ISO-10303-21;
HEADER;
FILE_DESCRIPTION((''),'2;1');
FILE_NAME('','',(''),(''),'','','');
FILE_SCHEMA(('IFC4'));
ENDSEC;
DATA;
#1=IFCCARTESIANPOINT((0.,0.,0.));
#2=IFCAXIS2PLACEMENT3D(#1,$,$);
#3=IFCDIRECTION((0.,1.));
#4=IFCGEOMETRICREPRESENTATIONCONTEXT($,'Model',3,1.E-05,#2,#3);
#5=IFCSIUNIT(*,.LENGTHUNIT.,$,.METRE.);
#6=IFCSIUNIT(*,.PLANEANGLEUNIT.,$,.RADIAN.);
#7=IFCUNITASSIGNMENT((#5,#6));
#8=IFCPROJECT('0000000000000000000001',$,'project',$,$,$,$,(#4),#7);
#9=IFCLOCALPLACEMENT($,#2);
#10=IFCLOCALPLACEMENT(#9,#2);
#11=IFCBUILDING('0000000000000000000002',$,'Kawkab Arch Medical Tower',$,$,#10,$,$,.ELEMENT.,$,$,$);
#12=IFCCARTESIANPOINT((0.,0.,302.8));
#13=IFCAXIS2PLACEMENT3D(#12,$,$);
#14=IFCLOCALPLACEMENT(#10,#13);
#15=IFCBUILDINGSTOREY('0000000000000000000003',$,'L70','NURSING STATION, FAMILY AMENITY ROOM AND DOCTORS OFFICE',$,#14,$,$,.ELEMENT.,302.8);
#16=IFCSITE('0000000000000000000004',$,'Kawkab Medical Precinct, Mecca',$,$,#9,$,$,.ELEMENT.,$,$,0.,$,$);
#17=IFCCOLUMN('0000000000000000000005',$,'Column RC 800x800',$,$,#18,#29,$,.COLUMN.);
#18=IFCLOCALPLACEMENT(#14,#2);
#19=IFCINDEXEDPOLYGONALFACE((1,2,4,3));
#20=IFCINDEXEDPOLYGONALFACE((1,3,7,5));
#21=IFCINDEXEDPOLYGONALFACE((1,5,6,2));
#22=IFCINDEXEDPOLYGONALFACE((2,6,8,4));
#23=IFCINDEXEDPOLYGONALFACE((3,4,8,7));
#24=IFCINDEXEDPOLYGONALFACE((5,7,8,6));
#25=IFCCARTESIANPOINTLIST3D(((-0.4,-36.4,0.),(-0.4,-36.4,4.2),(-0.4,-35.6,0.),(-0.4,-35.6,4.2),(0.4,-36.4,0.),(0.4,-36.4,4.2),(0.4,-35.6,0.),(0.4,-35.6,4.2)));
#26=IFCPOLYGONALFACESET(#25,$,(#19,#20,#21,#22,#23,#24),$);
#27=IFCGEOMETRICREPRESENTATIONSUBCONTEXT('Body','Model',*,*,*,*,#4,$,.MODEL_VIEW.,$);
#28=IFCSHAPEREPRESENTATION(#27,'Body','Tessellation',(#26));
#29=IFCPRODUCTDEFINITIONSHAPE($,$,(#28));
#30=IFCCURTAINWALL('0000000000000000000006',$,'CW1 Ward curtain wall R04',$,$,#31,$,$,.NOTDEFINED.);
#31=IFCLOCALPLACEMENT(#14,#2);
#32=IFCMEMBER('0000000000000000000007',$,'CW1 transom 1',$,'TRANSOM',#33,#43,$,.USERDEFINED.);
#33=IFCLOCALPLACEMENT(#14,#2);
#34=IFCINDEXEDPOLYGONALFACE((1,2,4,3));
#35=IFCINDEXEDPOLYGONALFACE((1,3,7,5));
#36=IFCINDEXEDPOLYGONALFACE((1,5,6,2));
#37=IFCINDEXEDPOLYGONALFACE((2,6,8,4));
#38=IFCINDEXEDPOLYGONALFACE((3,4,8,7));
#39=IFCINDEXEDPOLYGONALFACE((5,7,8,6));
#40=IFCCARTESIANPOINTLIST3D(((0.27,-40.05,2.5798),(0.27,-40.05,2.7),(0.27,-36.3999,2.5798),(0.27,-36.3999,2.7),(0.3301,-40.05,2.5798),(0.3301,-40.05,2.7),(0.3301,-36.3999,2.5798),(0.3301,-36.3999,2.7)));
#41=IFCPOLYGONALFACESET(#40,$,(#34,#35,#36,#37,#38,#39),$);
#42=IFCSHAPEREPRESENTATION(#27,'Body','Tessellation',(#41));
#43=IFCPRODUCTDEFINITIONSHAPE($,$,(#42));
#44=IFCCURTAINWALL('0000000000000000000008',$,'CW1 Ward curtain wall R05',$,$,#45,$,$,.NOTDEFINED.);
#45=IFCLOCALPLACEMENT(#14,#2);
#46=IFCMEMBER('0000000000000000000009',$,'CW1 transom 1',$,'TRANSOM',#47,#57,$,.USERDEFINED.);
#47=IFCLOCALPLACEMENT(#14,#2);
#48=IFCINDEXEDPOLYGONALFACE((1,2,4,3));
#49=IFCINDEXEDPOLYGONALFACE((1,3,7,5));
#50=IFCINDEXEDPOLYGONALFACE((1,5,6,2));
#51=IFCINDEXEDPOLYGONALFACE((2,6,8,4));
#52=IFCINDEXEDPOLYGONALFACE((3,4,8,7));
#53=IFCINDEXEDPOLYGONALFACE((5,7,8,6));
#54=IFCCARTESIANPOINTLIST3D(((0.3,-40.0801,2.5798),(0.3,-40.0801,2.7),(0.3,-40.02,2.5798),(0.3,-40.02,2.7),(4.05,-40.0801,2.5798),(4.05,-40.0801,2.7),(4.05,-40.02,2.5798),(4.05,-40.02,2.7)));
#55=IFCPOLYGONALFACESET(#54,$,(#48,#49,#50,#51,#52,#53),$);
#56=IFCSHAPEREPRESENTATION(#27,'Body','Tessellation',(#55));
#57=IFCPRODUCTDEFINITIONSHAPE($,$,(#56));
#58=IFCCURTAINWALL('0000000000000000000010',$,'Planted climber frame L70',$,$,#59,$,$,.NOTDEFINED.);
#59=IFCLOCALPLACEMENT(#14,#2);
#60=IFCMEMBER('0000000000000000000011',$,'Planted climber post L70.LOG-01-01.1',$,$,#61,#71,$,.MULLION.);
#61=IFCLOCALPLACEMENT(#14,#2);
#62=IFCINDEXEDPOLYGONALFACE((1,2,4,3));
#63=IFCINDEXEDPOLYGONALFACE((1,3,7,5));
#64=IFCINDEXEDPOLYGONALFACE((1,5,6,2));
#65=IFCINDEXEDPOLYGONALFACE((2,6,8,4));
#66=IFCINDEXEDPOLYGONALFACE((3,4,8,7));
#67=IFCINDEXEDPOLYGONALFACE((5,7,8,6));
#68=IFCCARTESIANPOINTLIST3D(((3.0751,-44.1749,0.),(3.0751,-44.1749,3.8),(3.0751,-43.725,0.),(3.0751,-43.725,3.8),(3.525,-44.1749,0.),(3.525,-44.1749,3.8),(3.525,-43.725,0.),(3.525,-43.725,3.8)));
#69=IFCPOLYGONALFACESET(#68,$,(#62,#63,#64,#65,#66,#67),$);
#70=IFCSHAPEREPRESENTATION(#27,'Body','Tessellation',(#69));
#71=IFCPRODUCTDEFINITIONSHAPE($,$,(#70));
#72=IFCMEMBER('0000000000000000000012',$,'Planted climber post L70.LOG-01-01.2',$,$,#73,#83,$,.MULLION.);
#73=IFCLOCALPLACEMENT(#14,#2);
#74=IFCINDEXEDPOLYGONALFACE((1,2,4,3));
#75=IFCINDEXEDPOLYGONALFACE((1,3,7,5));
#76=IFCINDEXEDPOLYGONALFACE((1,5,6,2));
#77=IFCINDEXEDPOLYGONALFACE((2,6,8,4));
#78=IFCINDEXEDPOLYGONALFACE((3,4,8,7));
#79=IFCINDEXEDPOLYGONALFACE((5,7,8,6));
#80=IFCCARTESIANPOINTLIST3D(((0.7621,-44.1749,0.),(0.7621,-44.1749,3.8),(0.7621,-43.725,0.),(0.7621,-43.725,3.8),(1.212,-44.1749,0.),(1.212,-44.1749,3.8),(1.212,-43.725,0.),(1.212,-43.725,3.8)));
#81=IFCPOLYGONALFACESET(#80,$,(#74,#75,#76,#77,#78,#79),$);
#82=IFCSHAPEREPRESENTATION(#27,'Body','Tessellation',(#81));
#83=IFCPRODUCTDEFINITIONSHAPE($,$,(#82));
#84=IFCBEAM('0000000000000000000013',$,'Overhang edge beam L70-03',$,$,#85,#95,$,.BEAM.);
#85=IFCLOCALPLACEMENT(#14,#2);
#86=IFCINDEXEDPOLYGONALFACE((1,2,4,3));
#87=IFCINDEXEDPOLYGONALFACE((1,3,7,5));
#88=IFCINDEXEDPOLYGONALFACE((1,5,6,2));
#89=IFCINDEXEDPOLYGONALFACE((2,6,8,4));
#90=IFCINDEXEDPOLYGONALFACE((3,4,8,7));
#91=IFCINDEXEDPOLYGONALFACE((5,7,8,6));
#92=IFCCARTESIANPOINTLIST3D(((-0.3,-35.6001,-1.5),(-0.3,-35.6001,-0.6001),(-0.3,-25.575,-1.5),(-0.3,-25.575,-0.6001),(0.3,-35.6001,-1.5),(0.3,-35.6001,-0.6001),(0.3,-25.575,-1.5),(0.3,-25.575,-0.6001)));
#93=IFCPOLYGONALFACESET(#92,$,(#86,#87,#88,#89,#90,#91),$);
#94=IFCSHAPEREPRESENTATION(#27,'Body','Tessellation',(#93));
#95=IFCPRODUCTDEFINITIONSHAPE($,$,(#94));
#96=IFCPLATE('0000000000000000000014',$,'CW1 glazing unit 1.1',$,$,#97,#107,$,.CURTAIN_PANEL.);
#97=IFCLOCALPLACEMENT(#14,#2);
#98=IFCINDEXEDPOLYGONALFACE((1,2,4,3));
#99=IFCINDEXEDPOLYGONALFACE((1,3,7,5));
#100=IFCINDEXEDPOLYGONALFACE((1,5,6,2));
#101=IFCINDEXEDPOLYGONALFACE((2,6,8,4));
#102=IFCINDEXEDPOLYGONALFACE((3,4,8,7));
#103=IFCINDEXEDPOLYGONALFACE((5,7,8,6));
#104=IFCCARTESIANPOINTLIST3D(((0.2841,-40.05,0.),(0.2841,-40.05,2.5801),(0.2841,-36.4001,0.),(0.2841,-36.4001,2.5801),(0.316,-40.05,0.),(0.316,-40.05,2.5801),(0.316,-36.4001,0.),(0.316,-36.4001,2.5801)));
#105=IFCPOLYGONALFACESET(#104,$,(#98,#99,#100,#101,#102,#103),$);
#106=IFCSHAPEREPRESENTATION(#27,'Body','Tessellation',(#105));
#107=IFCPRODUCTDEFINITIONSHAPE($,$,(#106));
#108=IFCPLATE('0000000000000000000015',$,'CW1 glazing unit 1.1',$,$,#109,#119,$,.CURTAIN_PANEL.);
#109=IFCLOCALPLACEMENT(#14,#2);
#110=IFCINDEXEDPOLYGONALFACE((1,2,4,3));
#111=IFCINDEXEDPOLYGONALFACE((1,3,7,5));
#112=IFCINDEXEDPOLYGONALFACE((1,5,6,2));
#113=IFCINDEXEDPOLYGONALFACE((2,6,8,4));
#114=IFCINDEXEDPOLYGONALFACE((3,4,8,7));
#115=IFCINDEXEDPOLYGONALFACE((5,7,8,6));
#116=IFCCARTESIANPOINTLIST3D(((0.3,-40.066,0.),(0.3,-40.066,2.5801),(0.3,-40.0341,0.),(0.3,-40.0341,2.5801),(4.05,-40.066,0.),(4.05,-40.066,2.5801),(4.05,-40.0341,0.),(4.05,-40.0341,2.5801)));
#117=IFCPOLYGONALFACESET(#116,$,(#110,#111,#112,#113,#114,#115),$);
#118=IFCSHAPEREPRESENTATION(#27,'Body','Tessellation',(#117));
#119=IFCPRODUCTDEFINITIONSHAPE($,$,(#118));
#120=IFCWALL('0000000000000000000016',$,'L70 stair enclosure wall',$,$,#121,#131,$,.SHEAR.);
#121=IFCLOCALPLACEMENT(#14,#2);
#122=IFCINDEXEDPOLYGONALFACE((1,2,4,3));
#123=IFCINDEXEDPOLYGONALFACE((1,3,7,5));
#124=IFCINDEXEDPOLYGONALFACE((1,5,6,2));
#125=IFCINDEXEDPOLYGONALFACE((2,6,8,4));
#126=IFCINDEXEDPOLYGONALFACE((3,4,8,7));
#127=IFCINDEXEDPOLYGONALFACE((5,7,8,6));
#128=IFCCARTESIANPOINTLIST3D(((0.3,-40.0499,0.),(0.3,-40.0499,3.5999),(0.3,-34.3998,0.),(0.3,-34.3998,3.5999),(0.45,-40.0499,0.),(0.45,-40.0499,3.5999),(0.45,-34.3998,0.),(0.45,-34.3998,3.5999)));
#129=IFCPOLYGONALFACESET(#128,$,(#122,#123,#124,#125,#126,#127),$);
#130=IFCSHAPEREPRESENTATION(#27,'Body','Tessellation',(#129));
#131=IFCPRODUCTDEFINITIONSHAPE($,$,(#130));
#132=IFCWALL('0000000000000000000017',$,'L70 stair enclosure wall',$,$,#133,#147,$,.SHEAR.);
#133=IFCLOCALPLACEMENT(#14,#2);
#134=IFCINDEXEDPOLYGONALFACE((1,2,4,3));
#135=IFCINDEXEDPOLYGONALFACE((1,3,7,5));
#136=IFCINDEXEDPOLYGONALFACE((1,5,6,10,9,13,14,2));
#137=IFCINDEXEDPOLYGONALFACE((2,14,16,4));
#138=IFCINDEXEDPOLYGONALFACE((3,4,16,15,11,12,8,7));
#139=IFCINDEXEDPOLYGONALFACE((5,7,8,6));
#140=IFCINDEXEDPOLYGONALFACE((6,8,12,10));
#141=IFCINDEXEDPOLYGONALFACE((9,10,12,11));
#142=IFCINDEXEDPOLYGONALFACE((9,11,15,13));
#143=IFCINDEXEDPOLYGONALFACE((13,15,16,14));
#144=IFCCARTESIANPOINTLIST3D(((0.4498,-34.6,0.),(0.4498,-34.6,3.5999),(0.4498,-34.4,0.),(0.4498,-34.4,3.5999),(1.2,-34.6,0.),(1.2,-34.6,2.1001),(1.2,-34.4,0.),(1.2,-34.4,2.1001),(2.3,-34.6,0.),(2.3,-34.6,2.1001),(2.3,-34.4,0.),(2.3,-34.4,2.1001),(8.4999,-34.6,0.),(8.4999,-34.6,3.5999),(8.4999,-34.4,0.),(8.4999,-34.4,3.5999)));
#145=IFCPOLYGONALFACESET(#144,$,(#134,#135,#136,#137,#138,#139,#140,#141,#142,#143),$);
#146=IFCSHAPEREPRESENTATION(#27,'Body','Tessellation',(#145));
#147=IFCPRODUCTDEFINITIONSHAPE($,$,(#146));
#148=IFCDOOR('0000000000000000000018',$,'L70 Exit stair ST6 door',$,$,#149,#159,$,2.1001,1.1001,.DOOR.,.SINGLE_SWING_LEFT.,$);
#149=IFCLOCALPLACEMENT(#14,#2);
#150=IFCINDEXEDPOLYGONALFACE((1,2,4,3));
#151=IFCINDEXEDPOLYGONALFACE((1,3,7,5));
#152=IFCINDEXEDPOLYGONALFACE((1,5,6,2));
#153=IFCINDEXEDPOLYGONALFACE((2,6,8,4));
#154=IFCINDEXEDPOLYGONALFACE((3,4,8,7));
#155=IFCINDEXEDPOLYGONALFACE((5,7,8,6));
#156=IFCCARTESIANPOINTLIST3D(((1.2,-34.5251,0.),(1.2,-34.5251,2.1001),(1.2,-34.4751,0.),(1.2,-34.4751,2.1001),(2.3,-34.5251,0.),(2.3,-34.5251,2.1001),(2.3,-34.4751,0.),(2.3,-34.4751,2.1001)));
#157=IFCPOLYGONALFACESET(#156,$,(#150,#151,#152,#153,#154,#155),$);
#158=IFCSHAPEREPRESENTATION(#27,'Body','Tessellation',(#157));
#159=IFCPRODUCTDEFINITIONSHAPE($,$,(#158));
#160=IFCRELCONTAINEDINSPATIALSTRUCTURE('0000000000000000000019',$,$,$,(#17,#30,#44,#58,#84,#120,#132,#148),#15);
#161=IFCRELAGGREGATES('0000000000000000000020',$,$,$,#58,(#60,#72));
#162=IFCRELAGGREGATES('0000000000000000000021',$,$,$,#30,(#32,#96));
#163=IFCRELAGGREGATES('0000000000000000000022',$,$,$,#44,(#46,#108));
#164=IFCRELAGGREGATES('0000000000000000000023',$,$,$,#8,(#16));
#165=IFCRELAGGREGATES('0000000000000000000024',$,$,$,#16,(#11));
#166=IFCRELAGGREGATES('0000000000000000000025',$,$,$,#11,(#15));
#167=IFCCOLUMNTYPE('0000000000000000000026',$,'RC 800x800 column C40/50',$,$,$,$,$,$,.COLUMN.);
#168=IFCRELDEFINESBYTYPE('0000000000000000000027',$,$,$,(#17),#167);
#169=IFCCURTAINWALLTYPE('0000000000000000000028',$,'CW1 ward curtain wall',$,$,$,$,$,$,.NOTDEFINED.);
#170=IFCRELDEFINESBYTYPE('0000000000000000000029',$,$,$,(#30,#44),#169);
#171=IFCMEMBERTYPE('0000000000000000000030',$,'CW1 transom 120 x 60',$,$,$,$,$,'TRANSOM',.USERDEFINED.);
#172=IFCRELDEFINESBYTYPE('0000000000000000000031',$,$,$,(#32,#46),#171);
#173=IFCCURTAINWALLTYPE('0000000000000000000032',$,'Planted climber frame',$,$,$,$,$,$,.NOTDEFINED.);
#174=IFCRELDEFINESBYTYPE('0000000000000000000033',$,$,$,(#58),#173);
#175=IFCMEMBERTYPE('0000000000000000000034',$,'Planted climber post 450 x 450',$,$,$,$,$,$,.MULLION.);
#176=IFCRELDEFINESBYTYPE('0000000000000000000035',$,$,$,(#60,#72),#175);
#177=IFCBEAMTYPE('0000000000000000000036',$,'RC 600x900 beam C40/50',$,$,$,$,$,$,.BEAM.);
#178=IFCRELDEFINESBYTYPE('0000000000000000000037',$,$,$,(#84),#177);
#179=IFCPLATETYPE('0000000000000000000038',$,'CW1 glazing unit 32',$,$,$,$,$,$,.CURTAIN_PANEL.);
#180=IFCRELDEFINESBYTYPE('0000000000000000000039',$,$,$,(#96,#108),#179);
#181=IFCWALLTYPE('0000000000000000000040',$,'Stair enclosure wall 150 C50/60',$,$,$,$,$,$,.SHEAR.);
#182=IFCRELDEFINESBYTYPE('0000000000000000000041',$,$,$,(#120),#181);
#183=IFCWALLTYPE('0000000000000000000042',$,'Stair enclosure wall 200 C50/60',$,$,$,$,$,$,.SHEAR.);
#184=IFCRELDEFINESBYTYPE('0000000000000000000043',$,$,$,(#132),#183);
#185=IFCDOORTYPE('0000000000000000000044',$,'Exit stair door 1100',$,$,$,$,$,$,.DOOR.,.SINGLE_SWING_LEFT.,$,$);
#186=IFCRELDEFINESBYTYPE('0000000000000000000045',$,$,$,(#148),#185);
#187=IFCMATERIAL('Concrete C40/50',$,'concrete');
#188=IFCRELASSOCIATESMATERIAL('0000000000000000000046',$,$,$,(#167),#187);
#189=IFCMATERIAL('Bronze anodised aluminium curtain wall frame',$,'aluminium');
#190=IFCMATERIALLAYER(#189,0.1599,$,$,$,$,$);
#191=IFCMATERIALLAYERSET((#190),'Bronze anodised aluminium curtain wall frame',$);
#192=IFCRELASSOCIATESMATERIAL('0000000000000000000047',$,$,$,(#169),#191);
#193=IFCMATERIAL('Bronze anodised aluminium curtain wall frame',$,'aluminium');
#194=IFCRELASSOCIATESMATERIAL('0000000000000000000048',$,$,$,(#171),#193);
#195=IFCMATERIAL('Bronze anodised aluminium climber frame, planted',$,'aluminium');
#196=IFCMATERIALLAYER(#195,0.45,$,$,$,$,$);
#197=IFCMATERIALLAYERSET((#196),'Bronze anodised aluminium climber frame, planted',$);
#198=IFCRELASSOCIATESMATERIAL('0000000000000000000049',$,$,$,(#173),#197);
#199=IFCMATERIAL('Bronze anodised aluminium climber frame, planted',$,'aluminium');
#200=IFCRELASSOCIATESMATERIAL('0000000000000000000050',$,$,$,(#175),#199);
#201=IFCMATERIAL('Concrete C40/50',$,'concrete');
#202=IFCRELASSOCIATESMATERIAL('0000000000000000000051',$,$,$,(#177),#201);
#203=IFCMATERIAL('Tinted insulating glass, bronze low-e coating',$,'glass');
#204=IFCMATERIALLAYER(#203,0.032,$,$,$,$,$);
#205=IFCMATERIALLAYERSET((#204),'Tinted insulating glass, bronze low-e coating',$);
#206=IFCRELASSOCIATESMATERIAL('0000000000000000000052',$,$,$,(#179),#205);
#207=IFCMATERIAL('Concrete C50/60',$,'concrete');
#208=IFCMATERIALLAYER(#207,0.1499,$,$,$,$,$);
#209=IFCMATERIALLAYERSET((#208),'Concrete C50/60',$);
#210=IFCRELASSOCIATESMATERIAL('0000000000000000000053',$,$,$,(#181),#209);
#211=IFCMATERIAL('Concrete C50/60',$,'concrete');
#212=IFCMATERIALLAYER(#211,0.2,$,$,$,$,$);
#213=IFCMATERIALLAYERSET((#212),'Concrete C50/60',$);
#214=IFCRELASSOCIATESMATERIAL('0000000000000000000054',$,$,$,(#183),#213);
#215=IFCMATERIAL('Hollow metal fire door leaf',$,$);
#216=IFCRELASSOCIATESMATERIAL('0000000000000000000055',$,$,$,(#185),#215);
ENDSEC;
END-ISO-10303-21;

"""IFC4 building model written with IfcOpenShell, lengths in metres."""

from ifc_helpers import new_model, si_unit, direction, frame, frame_2d, origin, origin_2d, place, context, subcontext, project, spatial, rectangle, extrude, material, layer, layer_set, material_profile, profile_set, type_object, element, fill, aggregate, save


model = new_model("IFC4")

# Units and contexts
model_context = context("Model", 3, precision=1e-05, world=origin(), true_north=direction((0.0, 1.0)))
body_context = subcontext(model_context, "Body", "Model", "MODEL_VIEW")
ifc_project = project(units=[si_unit("LENGTHUNIT", "METRE"), si_unit("PLANEANGLEUNIT", "RADIAN")], contexts=[model_context])

# Site, building, storey
site_placement = place(None, origin())
site = spatial("IfcSite", under=ifc_project, at=site_placement, Name="Kawkab Medical Precinct, Mecca", CompositionType="ELEMENT", RefElevation=0.0)
building_placement = place(site_placement, origin())
building = spatial("IfcBuilding", under=site, at=building_placement, Name="Kawkab Arch Medical Tower", CompositionType="ELEMENT")
storey_placement = place(building_placement, frame((0.0, 0.0, 302.8)))
storey = spatial("IfcBuildingStorey", under=building, at=storey_placement, Name="L70", Description="NURSING STATION, FAMILY AMENITY ROOM AND DOCTORS OFFICE", CompositionType="ELEMENT", Elevation=302.8)

# Column
ifc_material_1 = material(Name="Concrete C40/50", Category="concrete")
ifc_material_profile_1 = material_profile(ifc_material_1, rectangle(XDim=0.8, YDim=0.8, at=origin_2d()), Name="RC 800x800")
ifc_profile_set_1 = profile_set([ifc_material_profile_1], Name="Concrete C40/50")
column_type = type_object("IfcColumnType", Name="RC 800x800 column C40/50", PredefinedType="COLUMN", material=ifc_profile_set_1)
column_placement = place(storey_placement, frame((0.0, -36.0, 0.0), z_axis=(0.0, 0.0, 1.0), x_axis=(1.0, 0.0, 0.0)))
element("IfcColumn", 1, at=column_placement, inside=storey, type_object=column_type, Name="Column RC 800x800", PredefinedType="COLUMN", context=body_context, shape_type="SweptSolid", body=[
    extrude(rectangle(XDim=0.8, YDim=0.8, at=origin_2d()), origin(), (0.0, 0.0, 1.0), 4.2),
])

# Curtain walls, members
ifc_material_2 = material(Name="Bronze anodised aluminium curtain wall frame", Category="aluminium")
ifc_layer_1 = layer(ifc_material_2, 0.1599)
ifc_layer_set_1 = layer_set([ifc_layer_1], Name="Bronze anodised aluminium curtain wall frame")
curtain_wall_type_1 = type_object("IfcCurtainWallType", Name="CW1 ward curtain wall", PredefinedType="NOTDEFINED", material=ifc_layer_set_1)
placement = place(storey_placement, origin())
curtain_wall_1 = element("IfcCurtainWall", 2, at=placement, inside=storey, type_object=curtain_wall_type_1, Name="CW1 Ward curtain wall R04", PredefinedType="NOTDEFINED")
ifc_material_3 = material(Name="Bronze anodised aluminium curtain wall frame", Category="aluminium")
ifc_material_profile_2 = material_profile(ifc_material_3, rectangle(XDim=0.0601, YDim=0.1201, at=origin_2d()), Name="AL 60x120")
ifc_profile_set_2 = profile_set([ifc_material_profile_2], Name="Bronze anodised aluminium curtain wall frame")
member_type_1 = type_object("IfcMemberType", Name="CW1 transom 120 x 60", ElementType="TRANSOM", PredefinedType="USERDEFINED", material=ifc_profile_set_2)
member_1_placement = place(storey_placement, frame((0.3, -36.3999, 2.6399), z_axis=(0.0, -1.0, 0.0), x_axis=(1.0, 0.0, 0.0)))
member_1 = element("IfcMember", 3, at=member_1_placement, type_object=member_type_1, Name="CW1 transom 1", ObjectType="TRANSOM", PredefinedType="USERDEFINED", context=body_context, shape_type="SweptSolid", body=[
    extrude(rectangle(XDim=0.0601, YDim=0.1201, at=origin_2d()), origin(), (0.0, 0.0, 1.0), 3.6501),
])
curtain_wall_2 = element("IfcCurtainWall", 4, at=placement, inside=storey, type_object=curtain_wall_type_1, Name="CW1 Ward curtain wall R05", PredefinedType="NOTDEFINED")
member_2_placement = place(storey_placement, frame((0.3, -40.05, 2.6399), z_axis=(1.0, 0.0, 0.0), x_axis=(0.0, 1.0, 0.0)))
member_2 = element("IfcMember", 5, at=member_2_placement, type_object=member_type_1, Name="CW1 transom 1", ObjectType="TRANSOM", PredefinedType="USERDEFINED", context=body_context, shape_type="SweptSolid", body=[
    extrude(rectangle(XDim=0.0601, YDim=0.1201, at=origin_2d()), origin(), (0.0, 0.0, 1.0), 3.75),
])

# Curtain wall, members
ifc_material_4 = material(Name="Bronze anodised aluminium climber frame, planted", Category="aluminium")
ifc_layer_2 = layer(ifc_material_4, 0.45)
ifc_layer_set_2 = layer_set([ifc_layer_2], Name="Bronze anodised aluminium climber frame, planted")
curtain_wall_type_2 = type_object("IfcCurtainWallType", Name="Planted climber frame", PredefinedType="NOTDEFINED", material=ifc_layer_set_2)
curtain_wall_3 = element("IfcCurtainWall", 6, at=placement, inside=storey, type_object=curtain_wall_type_2, Name="Planted climber frame L70", PredefinedType="NOTDEFINED")
ifc_material_5 = material(Name="Bronze anodised aluminium climber frame, planted", Category="aluminium")
ifc_material_profile_3 = material_profile(ifc_material_5, rectangle(XDim=0.45, YDim=0.45, at=origin_2d()), Name="Post 450x450")
ifc_profile_set_3 = profile_set([ifc_material_profile_3], Name="Bronze anodised aluminium climber frame, planted")
member_type_2 = type_object("IfcMemberType", Name="Planted climber post 450 x 450", PredefinedType="MULLION", material=ifc_profile_set_3)
member_3_placement = place(storey_placement, frame((3.3, -43.95, 0.0), z_axis=(0.0, 0.0, 1.0), x_axis=(1.0, 0.0, 0.0)))
member_3 = element("IfcMember", 7, at=member_3_placement, type_object=member_type_2, Name="Planted climber post L70.LOG-01-01.1", PredefinedType="MULLION", context=body_context, shape_type="SweptSolid", body=[
    extrude(rectangle(XDim=0.45, YDim=0.45, at=origin_2d()), origin(), (0.0, 0.0, 1.0), 3.8),
])
member_4_placement = place(storey_placement, frame((0.9871, -43.95, 0.0), z_axis=(0.0, 0.0, 1.0), x_axis=(1.0, 0.0, 0.0)))
member_4 = element("IfcMember", 8, at=member_4_placement, type_object=member_type_2, Name="Planted climber post L70.LOG-01-01.2", PredefinedType="MULLION", context=body_context, shape_type="SweptSolid", body=[
    extrude(rectangle(XDim=0.45, YDim=0.45, at=origin_2d()), origin(), (0.0, 0.0, 1.0), 3.8),
])
aggregate(curtain_wall_3, [member_3, member_4])

# Beam
ifc_material_6 = material(Name="Concrete C40/50", Category="concrete")
ifc_material_profile_4 = material_profile(ifc_material_6, rectangle(XDim=0.6001, YDim=0.8999, at=origin_2d()), Name="RC 600x900")
ifc_profile_set_4 = profile_set([ifc_material_profile_4], Name="Concrete C40/50")
beam_type = type_object("IfcBeamType", Name="RC 600x900 beam C40/50", PredefinedType="BEAM", material=ifc_profile_set_4)
beam_placement = place(storey_placement, frame((0.0, -35.6001, -1.05), z_axis=(0.0, 1.0, 0.0), x_axis=(-1.0, 0.0, 0.0)))
element("IfcBeam", 9, at=beam_placement, inside=storey, type_object=beam_type, Name="Overhang edge beam L70-03", PredefinedType="BEAM", context=body_context, shape_type="SweptSolid", body=[
    extrude(rectangle(XDim=0.6001, YDim=0.8999, at=origin_2d()), origin(), (0.0, 0.0, 1.0), 10.0251),
])

# Plates
ifc_material_7 = material(Name="Tinted insulating glass, bronze low-e coating", Category="glass")
ifc_layer_3 = layer(ifc_material_7, 0.032)
ifc_layer_set_3 = layer_set([ifc_layer_3], Name="Tinted insulating glass, bronze low-e coating")
plate_type = type_object("IfcPlateType", Name="CW1 glazing unit 32", PredefinedType="CURTAIN_PANEL", material=ifc_layer_set_3)
plate_1_placement = place(storey_placement, frame((0.3, -38.2251, 0.0), z_axis=(0.0, 0.0, 1.0), x_axis=(0.0, -1.0, 0.0)))
plate_1 = element("IfcPlate", 10, at=plate_1_placement, type_object=plate_type, Name="CW1 glazing unit 1.1", PredefinedType="CURTAIN_PANEL", context=body_context, shape_type="SweptSolid", body=[
    extrude(rectangle(XDim=3.6499, YDim=0.032, at=origin_2d()), origin(), (0.0, 0.0, 1.0), 2.5801),
])
aggregate(curtain_wall_1, [member_1, plate_1])
plate_2_placement = place(storey_placement, frame((2.175, -40.05, 0.0), z_axis=(0.0, 0.0, 1.0), x_axis=(1.0, 0.0, 0.0)))
plate_2 = element("IfcPlate", 11, at=plate_2_placement, type_object=plate_type, Name="CW1 glazing unit 1.1", PredefinedType="CURTAIN_PANEL", context=body_context, shape_type="SweptSolid", body=[
    extrude(rectangle(XDim=3.75, YDim=0.032, at=origin_2d()), origin(), (0.0, 0.0, 1.0), 2.5801),
])
aggregate(curtain_wall_2, [member_2, plate_2])

# Wall
ifc_material_8 = material(Name="Concrete C50/60", Category="concrete")
ifc_layer_4 = layer(ifc_material_8, 0.1499)
ifc_layer_set_4 = layer_set([ifc_layer_4], Name="Concrete C50/60")
wall_type_1 = type_object("IfcWallType", Name="Stair enclosure wall 150 C50/60", PredefinedType="SHEAR", material=ifc_layer_set_4)
wall_1_placement = place(storey_placement, frame((0.375, -40.05, 0.0), z_axis=(0.0, 0.0, 1.0), x_axis=(0.0, 1.0, 0.0)))
element("IfcWall", 12, at=wall_1_placement, inside=storey, type_object=wall_type_1, Name="L70 stair enclosure wall", PredefinedType="SHEAR", context=body_context, shape_type="SweptSolid", body=[
    extrude(rectangle(XDim=5.6501, YDim=0.1499, at=frame_2d((2.8252, 0.0))), origin(), (0.0, 0.0, 1.0), 3.5999),
])

# Wall, opening, door
ifc_material_9 = material(Name="Concrete C50/60", Category="concrete")
ifc_layer_5 = layer(ifc_material_9, 0.2)
ifc_layer_set_5 = layer_set([ifc_layer_5], Name="Concrete C50/60")
wall_type_2 = type_object("IfcWallType", Name="Stair enclosure wall 200 C50/60", PredefinedType="SHEAR", material=ifc_layer_set_5)
wall_2_placement = place(storey_placement, frame((0.45, -34.5, 0.0), z_axis=(0.0, 0.0, 1.0), x_axis=(1.0, 0.0, 0.0)))
wall_2 = element("IfcWall", 13, at=wall_2_placement, inside=storey, type_object=wall_type_2, Name="L70 stair enclosure wall", PredefinedType="SHEAR", context=body_context, shape_type="SweptSolid", body=[
    extrude(rectangle(XDim=8.05, YDim=0.2, at=frame_2d((4.0249, 0.0))), origin(), (0.0, 0.0, 1.0), 3.5999),
])
opening_1_placement = place(wall_2_placement, frame((0.75, 0.0, 0.0)))
opening_1 = element("IfcOpeningElement", 14, at=opening_1_placement, cuts=wall_2, PredefinedType="OPENING", context=body_context, shape_type="SweptSolid", body=[
    extrude(rectangle(XDim=1.1001, YDim=2.1001, at=frame_2d((0.55, 1.05))), frame((0.0, 0.1099, 0.0), z_axis=(0.0, -1.0, 0.0), x_axis=(1.0, 0.0, 0.0)), (0.0, 0.0, 1.0), 0.22),
])
ifc_material_10 = material(Name="Hollow metal fire door leaf")
door_type_1 = type_object("IfcDoorType", Name="Exit stair door 1100", OperationType="SINGLE_SWING_LEFT", PredefinedType="DOOR", material=ifc_material_10)
door_1_placement = place(opening_1_placement, origin())
door_1 = element("IfcDoor", 15, at=door_1_placement, inside=storey, type_object=door_type_1, Name="L70 Exit stair ST6 door", OperationType="SINGLE_SWING_LEFT", OverallHeight=2.1001, OverallWidth=1.1001, PredefinedType="DOOR", context=body_context, shape_type="SweptSolid", body=[
    extrude(rectangle(XDim=1.1001, YDim=2.1001, at=frame_2d((0.55, 1.05))), frame((0.0, 0.0249, 0.0), z_axis=(0.0, -1.0, 0.0), x_axis=(1.0, 0.0, 0.0)), (0.0, 0.0, 1.0), 0.05),
])
fill(opening_1, door_1)

save(model, "model.ifc")
